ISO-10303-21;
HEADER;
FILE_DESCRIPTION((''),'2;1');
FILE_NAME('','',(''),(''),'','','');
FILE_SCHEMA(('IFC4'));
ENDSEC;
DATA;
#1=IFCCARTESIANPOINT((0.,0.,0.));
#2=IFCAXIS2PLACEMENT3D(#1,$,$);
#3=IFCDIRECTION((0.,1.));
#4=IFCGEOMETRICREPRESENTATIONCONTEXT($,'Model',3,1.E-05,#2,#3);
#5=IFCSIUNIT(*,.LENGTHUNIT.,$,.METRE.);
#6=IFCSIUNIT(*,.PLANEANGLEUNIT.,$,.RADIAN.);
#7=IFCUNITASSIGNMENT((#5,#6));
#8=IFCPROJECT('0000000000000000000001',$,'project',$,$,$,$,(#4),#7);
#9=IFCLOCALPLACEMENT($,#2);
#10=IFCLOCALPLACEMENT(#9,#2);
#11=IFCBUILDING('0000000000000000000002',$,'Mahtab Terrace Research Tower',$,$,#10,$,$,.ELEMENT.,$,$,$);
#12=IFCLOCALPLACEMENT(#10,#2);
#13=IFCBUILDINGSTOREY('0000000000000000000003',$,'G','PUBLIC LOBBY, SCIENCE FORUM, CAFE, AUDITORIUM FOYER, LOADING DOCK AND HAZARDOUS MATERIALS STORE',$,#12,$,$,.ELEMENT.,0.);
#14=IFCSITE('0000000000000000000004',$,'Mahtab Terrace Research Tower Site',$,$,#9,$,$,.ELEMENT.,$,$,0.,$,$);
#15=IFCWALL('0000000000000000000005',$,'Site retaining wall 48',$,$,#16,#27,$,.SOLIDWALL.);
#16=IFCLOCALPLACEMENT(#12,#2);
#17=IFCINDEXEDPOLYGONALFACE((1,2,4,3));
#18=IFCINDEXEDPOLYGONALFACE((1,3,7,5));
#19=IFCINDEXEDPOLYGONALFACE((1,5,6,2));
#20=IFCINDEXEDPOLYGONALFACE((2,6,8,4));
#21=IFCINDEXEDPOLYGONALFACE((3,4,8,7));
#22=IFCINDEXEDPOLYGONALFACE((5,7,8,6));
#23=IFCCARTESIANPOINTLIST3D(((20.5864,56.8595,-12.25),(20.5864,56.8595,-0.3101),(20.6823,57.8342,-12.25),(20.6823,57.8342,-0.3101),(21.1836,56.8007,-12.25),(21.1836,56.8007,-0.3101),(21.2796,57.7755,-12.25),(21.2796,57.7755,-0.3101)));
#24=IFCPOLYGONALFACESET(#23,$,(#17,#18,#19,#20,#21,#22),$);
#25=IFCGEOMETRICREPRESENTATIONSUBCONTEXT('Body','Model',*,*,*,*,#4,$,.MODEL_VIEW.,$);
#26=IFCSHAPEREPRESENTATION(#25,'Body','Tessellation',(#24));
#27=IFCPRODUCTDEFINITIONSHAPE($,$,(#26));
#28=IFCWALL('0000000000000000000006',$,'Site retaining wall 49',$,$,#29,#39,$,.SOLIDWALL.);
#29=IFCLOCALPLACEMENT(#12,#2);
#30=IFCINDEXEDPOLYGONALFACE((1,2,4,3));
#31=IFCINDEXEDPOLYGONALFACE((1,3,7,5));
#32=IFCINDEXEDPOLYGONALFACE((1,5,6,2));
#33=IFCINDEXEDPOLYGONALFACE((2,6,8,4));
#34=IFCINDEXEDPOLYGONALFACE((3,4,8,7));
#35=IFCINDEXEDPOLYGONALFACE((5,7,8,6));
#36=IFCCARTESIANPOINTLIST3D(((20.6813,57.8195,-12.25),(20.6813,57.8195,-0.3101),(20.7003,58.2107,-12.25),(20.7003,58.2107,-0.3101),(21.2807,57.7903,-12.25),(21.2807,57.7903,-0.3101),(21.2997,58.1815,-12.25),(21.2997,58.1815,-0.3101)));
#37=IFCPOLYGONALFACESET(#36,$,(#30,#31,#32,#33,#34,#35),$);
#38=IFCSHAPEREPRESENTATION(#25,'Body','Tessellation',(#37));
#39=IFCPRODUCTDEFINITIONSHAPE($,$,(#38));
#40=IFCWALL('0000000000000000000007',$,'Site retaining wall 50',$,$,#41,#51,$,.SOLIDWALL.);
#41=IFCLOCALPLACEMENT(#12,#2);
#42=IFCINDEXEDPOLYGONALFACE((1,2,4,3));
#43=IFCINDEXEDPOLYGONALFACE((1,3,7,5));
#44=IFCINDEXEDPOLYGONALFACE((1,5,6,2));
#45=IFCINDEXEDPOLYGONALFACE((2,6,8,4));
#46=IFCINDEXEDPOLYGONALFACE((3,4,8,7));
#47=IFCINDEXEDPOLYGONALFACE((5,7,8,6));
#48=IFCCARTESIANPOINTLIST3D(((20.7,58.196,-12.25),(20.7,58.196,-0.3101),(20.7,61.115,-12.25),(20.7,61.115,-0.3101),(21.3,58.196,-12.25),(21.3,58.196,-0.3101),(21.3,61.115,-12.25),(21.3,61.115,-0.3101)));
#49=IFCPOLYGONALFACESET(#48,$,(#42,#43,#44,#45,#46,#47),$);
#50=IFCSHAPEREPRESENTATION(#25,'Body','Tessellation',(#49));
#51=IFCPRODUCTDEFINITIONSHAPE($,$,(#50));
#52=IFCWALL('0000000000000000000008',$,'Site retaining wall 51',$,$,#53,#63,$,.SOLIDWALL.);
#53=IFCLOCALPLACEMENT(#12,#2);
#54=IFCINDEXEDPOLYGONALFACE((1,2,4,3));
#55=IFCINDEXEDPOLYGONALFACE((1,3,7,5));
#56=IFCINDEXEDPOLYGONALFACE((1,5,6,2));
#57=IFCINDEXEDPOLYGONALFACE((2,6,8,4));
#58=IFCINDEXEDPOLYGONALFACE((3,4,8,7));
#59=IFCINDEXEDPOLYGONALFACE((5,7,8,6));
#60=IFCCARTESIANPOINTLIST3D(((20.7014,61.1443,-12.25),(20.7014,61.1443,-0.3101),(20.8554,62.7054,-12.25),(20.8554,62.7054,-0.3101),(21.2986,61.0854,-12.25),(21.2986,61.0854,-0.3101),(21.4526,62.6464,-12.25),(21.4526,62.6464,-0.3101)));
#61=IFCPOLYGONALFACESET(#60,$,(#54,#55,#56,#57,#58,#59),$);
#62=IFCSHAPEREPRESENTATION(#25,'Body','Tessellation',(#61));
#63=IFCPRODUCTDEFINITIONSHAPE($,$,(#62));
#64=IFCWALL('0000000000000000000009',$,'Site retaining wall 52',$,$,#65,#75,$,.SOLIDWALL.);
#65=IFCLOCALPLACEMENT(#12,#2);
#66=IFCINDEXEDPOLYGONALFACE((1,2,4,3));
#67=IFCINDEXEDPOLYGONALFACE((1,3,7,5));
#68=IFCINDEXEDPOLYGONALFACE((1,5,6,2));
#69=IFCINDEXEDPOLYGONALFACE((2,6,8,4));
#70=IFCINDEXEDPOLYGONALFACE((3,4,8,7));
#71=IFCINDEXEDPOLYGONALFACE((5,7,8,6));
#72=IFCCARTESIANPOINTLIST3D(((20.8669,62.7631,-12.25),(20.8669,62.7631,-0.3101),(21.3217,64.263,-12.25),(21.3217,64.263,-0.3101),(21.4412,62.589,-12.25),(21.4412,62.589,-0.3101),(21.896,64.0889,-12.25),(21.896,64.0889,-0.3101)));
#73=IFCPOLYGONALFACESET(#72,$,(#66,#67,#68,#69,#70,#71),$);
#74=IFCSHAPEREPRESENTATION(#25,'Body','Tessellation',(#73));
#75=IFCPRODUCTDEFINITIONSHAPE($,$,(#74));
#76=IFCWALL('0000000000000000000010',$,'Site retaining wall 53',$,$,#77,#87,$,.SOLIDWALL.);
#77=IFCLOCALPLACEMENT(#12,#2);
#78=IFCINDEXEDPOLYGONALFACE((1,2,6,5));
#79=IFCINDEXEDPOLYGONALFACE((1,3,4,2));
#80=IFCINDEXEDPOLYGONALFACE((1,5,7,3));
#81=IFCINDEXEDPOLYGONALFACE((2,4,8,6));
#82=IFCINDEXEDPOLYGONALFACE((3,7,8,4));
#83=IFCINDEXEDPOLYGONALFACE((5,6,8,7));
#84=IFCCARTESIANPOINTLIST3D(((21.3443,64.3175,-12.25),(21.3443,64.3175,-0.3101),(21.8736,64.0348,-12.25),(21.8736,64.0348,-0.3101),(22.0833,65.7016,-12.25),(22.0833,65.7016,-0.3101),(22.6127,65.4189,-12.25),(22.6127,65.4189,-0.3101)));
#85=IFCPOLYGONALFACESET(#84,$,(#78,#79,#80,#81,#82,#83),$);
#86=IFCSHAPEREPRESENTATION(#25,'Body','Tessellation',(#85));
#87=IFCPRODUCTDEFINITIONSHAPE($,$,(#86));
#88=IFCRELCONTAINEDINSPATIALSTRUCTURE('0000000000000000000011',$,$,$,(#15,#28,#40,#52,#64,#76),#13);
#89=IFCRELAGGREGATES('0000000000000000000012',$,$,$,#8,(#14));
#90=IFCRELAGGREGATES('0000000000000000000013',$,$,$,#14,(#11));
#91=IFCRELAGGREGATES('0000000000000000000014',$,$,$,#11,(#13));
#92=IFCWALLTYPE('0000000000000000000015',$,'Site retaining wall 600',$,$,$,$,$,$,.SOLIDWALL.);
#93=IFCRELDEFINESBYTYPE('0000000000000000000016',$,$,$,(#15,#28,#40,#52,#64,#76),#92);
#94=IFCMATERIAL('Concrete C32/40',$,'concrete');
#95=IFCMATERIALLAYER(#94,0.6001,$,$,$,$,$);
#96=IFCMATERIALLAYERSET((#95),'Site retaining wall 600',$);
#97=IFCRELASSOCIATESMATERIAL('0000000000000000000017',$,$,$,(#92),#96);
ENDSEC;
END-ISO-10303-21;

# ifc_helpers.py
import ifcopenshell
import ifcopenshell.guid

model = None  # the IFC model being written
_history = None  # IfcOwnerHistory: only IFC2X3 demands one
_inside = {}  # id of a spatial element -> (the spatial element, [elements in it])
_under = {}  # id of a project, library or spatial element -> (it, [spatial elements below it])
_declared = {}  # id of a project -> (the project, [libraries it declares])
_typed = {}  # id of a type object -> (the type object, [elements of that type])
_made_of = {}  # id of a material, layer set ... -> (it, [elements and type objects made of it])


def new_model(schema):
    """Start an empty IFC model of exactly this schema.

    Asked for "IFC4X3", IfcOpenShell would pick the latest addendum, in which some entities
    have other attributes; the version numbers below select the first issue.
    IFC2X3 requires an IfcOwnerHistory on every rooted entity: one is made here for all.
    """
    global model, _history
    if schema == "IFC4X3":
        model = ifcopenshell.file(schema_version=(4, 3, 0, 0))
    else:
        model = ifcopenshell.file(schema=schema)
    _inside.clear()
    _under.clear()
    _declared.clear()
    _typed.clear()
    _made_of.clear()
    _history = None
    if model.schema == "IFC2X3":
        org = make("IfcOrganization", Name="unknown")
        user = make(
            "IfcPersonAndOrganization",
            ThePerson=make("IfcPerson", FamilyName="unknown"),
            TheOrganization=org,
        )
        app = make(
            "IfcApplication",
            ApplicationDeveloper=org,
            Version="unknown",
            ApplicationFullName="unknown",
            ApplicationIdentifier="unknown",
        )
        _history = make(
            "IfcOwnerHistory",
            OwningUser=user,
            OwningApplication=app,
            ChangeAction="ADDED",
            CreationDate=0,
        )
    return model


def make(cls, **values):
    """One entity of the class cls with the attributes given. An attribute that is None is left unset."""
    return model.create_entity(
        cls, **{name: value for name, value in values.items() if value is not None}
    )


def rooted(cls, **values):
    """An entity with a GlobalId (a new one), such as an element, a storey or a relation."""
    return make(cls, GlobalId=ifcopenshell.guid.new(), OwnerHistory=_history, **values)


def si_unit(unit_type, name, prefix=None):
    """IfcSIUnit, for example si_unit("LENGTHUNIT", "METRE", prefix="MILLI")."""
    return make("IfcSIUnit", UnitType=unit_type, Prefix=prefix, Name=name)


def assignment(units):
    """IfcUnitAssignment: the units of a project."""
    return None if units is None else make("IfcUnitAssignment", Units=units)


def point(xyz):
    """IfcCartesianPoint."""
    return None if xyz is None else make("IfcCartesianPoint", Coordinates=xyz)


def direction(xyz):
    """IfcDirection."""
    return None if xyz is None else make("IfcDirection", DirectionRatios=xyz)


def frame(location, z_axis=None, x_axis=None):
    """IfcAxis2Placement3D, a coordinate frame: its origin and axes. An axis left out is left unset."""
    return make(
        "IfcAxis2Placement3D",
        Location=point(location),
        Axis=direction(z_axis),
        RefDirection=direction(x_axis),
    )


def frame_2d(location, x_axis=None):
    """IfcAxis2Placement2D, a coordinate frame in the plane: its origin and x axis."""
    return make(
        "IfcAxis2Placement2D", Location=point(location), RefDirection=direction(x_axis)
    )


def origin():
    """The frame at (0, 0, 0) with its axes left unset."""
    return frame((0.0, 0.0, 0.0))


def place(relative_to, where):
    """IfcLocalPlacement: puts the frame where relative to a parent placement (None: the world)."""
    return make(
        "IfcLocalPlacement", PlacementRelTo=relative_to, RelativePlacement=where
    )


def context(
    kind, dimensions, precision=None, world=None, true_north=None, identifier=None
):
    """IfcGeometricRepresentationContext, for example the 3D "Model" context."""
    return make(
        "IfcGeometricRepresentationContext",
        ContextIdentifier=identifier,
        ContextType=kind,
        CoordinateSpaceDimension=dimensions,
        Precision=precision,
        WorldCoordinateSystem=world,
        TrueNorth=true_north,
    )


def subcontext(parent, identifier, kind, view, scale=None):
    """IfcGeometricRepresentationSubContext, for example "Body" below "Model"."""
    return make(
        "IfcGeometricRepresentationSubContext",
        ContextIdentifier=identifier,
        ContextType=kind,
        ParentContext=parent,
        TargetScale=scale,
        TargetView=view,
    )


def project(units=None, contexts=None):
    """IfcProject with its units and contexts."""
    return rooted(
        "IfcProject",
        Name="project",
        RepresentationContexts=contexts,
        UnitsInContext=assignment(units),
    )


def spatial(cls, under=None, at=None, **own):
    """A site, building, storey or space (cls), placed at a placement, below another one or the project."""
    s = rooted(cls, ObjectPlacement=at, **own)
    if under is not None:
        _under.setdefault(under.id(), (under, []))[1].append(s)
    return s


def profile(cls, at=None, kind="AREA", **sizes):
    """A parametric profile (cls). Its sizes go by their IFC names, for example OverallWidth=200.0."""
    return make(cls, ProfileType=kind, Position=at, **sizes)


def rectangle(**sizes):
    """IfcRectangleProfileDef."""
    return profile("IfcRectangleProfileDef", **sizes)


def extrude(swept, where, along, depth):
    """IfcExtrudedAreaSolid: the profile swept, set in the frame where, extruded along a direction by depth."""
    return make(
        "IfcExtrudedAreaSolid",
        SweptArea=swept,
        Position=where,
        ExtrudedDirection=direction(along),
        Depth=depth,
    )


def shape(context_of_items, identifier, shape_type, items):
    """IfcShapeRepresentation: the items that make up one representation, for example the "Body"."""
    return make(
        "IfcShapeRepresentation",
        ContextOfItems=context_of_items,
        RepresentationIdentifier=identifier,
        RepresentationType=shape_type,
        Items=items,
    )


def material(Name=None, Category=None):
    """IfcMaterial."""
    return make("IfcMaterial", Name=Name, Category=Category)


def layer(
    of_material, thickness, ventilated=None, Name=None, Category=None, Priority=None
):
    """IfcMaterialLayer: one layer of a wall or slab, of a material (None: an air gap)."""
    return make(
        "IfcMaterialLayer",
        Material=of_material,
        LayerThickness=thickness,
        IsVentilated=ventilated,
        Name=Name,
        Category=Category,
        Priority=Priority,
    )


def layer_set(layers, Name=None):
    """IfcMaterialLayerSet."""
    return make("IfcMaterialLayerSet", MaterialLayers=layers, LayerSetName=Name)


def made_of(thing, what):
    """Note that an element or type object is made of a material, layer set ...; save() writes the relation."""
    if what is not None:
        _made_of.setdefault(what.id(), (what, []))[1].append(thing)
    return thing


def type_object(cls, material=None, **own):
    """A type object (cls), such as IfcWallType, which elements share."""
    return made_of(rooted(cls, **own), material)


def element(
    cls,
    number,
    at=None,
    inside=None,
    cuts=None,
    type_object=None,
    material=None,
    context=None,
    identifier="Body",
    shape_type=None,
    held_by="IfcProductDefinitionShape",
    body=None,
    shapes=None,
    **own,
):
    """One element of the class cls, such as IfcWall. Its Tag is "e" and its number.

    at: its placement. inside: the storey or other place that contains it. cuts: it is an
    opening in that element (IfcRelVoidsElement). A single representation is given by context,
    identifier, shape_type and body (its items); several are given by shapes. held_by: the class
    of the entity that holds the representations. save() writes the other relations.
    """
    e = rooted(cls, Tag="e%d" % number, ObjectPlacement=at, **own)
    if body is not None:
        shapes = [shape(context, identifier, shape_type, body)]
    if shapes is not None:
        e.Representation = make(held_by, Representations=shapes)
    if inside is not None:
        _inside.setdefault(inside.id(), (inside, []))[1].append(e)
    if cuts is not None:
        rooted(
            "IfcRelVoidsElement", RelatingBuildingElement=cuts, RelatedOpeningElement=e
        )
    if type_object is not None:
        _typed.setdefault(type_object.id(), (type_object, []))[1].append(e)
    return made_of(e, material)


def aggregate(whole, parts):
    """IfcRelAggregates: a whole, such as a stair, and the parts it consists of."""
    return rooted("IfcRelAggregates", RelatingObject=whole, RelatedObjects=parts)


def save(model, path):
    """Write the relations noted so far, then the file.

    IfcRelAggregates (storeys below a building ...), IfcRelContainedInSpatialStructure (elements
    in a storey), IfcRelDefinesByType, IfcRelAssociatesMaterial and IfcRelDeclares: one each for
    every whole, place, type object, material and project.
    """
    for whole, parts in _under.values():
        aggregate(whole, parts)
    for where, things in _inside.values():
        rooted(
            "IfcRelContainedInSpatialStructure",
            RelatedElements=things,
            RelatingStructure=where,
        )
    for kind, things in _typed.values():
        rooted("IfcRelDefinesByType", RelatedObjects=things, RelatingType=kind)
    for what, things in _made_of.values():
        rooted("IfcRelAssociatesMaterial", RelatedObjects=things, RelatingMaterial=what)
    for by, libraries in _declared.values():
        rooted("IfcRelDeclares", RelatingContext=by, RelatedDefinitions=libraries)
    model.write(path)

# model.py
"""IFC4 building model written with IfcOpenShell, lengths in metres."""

from ifc_helpers import new_model, si_unit, direction, frame, frame_2d, origin, place, context, subcontext, project, spatial, rectangle, extrude, material, layer, layer_set, type_object, element, save


model = new_model("IFC4")

# Units and contexts
model_context = context("Model", 3, precision=1e-05, world=origin(), true_north=direction((0.0, 1.0)))
body_context = subcontext(model_context, "Body", "Model", "MODEL_VIEW")
ifc_project = project(units=[si_unit("LENGTHUNIT", "METRE"), si_unit("PLANEANGLEUNIT", "RADIAN")], contexts=[model_context])

# Site, building, storey
site_placement = place(None, origin())
site = spatial("IfcSite", under=ifc_project, at=site_placement, Name="Mahtab Terrace Research Tower Site", CompositionType="ELEMENT", RefElevation=0.0)
building_placement = place(site_placement, origin())
building = spatial("IfcBuilding", under=site, at=building_placement, Name="Mahtab Terrace Research Tower", CompositionType="ELEMENT")
storey_placement = place(building_placement, origin())
storey = spatial("IfcBuildingStorey", under=building, at=storey_placement, Name="G", Description="PUBLIC LOBBY, SCIENCE FORUM, CAFE, AUDITORIUM FOYER, LOADING DOCK AND HAZARDOUS MATERIALS STORE", CompositionType="ELEMENT", Elevation=0.0)

# Walls
ifc_material = material(Name="Concrete C32/40", Category="concrete")
ifc_layer = layer(ifc_material, 0.6001)
ifc_layer_set = layer_set([ifc_layer], Name="Site retaining wall 600")
wall_type = type_object("IfcWallType", Name="Site retaining wall 600", PredefinedType="SOLIDWALL", material=ifc_layer_set)
wall_1_placement = place(storey_placement, frame((20.885, 56.8301, -12.25), z_axis=(0.0, 0.0, 1.0), x_axis=(0.097949, 0.995191, 0.0)))
element("IfcWall", 1, at=wall_1_placement, inside=storey, type_object=wall_type, Name="Site retaining wall 48", PredefinedType="SOLIDWALL", context=body_context, shape_type="SweptSolid", body=[
    extrude(rectangle(XDim=0.9795, YDim=0.6001, at=frame_2d((0.4897, 0.0))), origin(), (0.0, 0.0, 1.0), 11.9399),
])
wall_2_placement = place(storey_placement, frame((20.981, 57.8049, -12.25), z_axis=(0.0, 0.0, 1.0), x_axis=(0.048632, 0.998817, 0.0)))
element("IfcWall", 2, at=wall_2_placement, inside=storey, type_object=wall_type, Name="Site retaining wall 49", PredefinedType="SOLIDWALL", context=body_context, shape_type="SweptSolid", body=[
    extrude(rectangle(XDim=0.3916, YDim=0.6001, at=frame_2d((0.1958, 0.0))), origin(), (0.0, 0.0, 1.0), 11.9399),
])
wall_3_placement = place(storey_placement, frame((21.0, 58.196, -12.25), z_axis=(0.0, 0.0, 1.0), x_axis=(0.0, 1.0, 0.0)))
element("IfcWall", 3, at=wall_3_placement, inside=storey, type_object=wall_type, Name="Site retaining wall 50", PredefinedType="SOLIDWALL", context=body_context, shape_type="SweptSolid", body=[
    extrude(rectangle(XDim=2.9189, YDim=0.6001, at=frame_2d((1.4595, 0.0))), origin(), (0.0, 0.0, 1.0), 11.9399),
])
wall_4_placement = place(storey_placement, frame((21.0, 61.115, -12.25), z_axis=(0.0, 0.0, 1.0), x_axis=(0.098209, 0.995166, 0.0)))
element("IfcWall", 4, at=wall_4_placement, inside=storey, type_object=wall_type, Name="Site retaining wall 51", PredefinedType="SOLIDWALL", context=body_context, shape_type="SweptSolid", body=[
    extrude(rectangle(XDim=1.5686, YDim=0.6001, at=frame_2d((0.7842, 0.0))), origin(), (0.0, 0.0, 1.0), 11.9399),
])
wall_5_placement = place(storey_placement, frame((21.1541, 62.676, -12.25), z_axis=(0.0, 0.0, 1.0), x_axis=(0.290176, 0.956973, 0.0)))
element("IfcWall", 5, at=wall_5_placement, inside=storey, type_object=wall_type, Name="Site retaining wall 52", PredefinedType="SOLIDWALL", context=body_context, shape_type="SweptSolid", body=[
    extrude(rectangle(XDim=1.5674, YDim=0.6001, at=frame_2d((0.7837, 0.0))), origin(), (0.0, 0.0, 1.0), 11.9399),
])
wall_6_placement = place(storey_placement, frame((21.6089, 64.176, -12.25), z_axis=(0.0, 0.0, 1.0), x_axis=(0.471016, 0.882125, 0.0)))
element("IfcWall", 6, at=wall_6_placement, inside=storey, type_object=wall_type, Name="Site retaining wall 53", PredefinedType="SOLIDWALL", context=body_context, shape_type="SweptSolid", body=[
    extrude(rectangle(XDim=1.5691, YDim=0.6001, at=frame_2d((0.7847, 0.0))), origin(), (0.0, 0.0, 1.0), 11.9399),
])

save(model, "model.ifc")
